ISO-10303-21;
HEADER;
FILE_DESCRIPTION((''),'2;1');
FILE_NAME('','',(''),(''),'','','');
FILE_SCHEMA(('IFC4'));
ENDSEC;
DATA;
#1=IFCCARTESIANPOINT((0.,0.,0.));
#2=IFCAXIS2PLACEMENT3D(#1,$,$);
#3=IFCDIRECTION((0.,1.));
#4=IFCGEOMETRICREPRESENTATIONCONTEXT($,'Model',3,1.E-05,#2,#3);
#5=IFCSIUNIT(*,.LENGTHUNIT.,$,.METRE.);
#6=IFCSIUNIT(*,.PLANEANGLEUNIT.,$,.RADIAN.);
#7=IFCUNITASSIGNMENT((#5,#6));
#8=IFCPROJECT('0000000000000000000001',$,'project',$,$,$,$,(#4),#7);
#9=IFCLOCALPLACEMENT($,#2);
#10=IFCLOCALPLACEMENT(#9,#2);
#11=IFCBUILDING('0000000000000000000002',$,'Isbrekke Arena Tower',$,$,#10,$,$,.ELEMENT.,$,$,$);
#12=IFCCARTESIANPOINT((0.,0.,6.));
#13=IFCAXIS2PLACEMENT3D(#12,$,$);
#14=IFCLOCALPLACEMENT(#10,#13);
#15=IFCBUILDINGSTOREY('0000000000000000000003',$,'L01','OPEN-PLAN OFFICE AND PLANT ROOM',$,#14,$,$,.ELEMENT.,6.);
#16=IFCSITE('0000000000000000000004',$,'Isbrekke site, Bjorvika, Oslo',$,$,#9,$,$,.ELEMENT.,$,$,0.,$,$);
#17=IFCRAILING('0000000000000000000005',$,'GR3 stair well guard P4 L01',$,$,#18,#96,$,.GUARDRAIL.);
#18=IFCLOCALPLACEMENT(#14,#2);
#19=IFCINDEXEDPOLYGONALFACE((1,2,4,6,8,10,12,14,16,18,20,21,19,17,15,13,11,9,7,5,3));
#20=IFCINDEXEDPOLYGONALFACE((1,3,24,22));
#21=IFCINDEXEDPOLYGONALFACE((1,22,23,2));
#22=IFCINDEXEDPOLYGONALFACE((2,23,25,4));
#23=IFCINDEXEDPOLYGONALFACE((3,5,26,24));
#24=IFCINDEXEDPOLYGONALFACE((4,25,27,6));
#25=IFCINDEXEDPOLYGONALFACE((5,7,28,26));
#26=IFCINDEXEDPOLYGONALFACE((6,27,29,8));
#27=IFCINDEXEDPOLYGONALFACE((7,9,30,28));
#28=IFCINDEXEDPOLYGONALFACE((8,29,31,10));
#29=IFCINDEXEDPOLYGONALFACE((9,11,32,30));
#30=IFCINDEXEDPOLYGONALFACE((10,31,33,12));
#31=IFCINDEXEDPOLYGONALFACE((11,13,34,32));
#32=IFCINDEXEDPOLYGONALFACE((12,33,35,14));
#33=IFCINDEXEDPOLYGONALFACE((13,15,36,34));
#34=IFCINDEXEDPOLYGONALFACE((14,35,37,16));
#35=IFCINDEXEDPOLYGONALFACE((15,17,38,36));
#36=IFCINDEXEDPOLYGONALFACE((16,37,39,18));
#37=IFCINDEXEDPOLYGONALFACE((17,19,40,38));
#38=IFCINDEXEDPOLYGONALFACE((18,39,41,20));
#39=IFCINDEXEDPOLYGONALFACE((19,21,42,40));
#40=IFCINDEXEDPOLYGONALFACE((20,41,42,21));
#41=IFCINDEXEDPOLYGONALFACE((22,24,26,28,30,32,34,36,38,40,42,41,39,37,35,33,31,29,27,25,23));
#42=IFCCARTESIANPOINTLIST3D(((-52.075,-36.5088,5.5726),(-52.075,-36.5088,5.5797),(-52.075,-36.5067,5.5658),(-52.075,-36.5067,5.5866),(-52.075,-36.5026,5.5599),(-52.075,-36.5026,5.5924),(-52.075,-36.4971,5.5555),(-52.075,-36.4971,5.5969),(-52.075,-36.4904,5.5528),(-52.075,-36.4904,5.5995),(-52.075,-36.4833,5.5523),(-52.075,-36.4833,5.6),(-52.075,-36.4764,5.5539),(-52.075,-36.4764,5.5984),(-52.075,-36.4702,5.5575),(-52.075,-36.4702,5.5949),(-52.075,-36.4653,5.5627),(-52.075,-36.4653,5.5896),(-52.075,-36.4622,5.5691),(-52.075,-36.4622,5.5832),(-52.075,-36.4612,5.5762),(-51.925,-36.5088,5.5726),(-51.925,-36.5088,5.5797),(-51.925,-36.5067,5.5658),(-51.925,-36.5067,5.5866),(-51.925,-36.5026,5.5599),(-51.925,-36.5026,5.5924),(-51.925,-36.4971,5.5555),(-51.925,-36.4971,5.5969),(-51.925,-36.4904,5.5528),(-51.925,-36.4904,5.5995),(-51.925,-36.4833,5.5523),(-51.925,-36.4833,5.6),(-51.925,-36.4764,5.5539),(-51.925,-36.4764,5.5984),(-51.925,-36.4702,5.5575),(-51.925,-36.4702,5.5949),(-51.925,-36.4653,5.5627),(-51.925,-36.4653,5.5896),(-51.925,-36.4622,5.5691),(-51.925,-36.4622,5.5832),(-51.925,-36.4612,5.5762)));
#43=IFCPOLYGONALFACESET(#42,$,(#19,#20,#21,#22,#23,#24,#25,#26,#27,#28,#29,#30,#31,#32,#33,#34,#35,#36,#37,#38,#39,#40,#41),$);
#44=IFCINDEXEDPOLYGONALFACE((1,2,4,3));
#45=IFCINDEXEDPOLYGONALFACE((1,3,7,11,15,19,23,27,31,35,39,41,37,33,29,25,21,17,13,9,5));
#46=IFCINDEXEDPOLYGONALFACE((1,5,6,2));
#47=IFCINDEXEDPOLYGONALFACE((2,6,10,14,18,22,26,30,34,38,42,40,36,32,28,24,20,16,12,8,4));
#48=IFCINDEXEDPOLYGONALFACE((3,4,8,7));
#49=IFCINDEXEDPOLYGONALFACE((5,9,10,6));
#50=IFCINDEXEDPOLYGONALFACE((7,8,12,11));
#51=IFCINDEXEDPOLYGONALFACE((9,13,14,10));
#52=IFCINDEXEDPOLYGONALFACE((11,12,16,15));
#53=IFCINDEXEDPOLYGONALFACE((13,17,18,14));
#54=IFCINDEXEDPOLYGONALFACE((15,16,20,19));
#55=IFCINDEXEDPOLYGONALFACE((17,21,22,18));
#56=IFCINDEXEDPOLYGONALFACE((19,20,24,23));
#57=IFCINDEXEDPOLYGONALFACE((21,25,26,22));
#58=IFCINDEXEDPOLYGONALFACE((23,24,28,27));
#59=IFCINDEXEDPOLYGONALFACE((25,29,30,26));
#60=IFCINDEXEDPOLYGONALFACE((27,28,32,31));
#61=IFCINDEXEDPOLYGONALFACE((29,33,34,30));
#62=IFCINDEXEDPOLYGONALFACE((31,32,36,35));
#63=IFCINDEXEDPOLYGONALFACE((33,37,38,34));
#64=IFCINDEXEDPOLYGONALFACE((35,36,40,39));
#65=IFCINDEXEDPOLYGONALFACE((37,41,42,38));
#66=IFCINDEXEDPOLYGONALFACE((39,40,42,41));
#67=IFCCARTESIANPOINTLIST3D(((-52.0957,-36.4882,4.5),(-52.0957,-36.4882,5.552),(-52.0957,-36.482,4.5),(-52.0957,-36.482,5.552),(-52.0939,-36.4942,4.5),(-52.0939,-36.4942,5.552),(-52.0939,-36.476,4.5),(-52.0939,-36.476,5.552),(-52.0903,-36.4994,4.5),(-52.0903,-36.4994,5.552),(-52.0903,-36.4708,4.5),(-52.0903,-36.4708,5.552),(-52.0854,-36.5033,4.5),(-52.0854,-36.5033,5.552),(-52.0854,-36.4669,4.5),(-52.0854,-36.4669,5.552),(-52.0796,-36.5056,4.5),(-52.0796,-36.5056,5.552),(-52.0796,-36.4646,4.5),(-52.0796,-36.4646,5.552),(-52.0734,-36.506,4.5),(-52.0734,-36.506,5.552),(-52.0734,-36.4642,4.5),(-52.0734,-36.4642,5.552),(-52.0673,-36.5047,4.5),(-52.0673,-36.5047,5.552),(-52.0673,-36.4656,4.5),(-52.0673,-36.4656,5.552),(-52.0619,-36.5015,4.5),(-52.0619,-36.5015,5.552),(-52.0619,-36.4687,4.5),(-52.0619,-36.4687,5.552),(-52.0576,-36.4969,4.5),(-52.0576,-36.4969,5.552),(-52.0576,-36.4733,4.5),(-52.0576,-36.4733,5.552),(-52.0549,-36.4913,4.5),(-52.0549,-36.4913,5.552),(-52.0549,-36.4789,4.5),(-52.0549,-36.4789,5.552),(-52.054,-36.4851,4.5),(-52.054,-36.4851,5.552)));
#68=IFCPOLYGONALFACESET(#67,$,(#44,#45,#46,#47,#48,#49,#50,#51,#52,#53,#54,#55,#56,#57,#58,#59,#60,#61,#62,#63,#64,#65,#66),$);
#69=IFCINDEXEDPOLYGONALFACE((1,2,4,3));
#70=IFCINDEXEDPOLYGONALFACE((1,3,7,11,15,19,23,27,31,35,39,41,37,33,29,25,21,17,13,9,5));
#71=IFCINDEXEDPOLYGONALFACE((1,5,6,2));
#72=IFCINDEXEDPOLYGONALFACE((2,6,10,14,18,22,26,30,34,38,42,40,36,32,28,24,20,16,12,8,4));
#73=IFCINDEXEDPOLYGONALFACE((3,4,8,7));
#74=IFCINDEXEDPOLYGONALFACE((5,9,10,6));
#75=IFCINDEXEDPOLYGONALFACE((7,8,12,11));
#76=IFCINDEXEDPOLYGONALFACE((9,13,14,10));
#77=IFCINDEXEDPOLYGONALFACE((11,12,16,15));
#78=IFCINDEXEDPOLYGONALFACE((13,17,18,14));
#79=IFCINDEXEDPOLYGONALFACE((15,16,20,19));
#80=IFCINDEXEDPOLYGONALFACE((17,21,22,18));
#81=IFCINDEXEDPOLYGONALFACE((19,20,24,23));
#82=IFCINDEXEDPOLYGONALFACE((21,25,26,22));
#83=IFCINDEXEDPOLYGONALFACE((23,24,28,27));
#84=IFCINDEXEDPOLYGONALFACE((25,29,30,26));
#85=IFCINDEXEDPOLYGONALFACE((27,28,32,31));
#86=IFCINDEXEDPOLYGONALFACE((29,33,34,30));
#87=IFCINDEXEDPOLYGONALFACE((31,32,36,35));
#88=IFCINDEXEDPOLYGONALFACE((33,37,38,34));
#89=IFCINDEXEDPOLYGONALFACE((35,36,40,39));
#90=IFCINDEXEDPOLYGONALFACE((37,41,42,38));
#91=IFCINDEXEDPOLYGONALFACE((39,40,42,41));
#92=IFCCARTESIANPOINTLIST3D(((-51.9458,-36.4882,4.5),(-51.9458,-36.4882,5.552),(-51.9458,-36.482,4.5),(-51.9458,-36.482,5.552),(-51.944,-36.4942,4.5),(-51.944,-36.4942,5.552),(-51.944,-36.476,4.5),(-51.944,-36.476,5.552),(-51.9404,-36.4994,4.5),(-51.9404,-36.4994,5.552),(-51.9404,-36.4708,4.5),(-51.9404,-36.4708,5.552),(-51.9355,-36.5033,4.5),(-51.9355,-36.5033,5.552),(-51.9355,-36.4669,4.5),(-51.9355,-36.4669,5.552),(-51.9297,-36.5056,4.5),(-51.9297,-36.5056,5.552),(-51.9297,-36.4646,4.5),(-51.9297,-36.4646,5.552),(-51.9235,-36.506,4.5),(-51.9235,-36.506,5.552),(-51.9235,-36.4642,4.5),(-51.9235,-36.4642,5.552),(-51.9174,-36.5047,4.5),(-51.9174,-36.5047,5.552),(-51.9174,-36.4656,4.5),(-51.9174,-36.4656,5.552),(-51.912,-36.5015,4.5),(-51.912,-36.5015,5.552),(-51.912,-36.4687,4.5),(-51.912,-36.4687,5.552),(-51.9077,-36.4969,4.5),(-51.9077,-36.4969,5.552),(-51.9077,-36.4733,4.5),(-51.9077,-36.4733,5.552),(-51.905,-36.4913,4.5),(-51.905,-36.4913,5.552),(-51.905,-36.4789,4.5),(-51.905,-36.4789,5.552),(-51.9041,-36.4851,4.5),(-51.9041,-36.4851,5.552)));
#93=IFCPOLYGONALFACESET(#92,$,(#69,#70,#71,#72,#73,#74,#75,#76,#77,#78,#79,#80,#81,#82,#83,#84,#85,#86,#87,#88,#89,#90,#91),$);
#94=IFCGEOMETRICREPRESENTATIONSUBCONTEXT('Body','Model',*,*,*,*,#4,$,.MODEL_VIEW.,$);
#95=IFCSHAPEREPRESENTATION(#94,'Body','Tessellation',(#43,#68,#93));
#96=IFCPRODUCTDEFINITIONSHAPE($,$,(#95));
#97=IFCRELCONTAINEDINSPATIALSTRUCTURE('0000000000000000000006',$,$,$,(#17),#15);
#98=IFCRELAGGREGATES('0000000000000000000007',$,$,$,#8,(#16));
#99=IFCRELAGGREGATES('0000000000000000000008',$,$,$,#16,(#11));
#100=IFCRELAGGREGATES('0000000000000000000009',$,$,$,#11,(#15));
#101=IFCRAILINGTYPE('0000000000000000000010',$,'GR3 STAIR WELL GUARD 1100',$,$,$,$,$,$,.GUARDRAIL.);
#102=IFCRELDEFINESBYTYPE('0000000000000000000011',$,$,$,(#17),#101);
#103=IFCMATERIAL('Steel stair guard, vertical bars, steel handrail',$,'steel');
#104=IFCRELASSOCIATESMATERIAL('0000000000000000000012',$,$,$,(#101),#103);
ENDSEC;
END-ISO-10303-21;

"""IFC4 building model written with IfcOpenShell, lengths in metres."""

from ifc_helpers import new_model, si_unit, direction, frame, origin, origin_2d, place, context, subcontext, project, spatial, circle, extrude, material, type_object, element, save


model = new_model("IFC4")

# Units and contexts
model_context = context("Model", 3, precision=1e-05, world=origin(), true_north=direction((0.0, 1.0)))
body_context = subcontext(model_context, "Body", "Model", "MODEL_VIEW")
ifc_project = project(units=[si_unit("LENGTHUNIT", "METRE"), si_unit("PLANEANGLEUNIT", "RADIAN")], contexts=[model_context])

# Site, building, storey
site_placement = place(None, origin())
site = spatial("IfcSite", under=ifc_project, at=site_placement, Name="Isbrekke site, Bjorvika, Oslo", CompositionType="ELEMENT", RefElevation=0.0)
building_placement = place(site_placement, origin())
building = spatial("IfcBuilding", under=site, at=building_placement, Name="Isbrekke Arena Tower", CompositionType="ELEMENT")
storey_placement = place(building_placement, frame((0.0, 0.0, 6.0)))
storey = spatial("IfcBuildingStorey", under=building, at=storey_placement, Name="L01", Description="OPEN-PLAN OFFICE AND PLANT ROOM", CompositionType="ELEMENT", Elevation=6.0)

# Railing
ifc_material_1 = material(Name="Steel stair guard, vertical bars, steel handrail", Category="steel")
railing_type = type_object("IfcRailingType", Name="GR3 STAIR WELL GUARD 1100", PredefinedType="GUARDRAIL", material=ifc_material_1)
for number, where, name in (
    (1, (-52.075, -36.4851, 4.5), "GR3 stair well guard P4 L01"),
):
    element("IfcRailing", number, at=place(storey_placement, frame(where)), inside=storey, type_object=railing_type, Name=name, PredefinedType="GUARDRAIL", context=body_context, shape_type="SweptSolid", body=[
        extrude(circle(Radius=0.0239, at=origin_2d()), frame((0.0, 0.0, 1.0762), z_axis=(1.0, 0.0, 0.0), x_axis=(0.0, 1.0, 0.0)), (0.0, 0.0, 1.0), 0.1499),
        extrude(circle(Radius=0.021, at=origin_2d()), origin(), (0.0, 0.0, 1.0), 1.052),
        extrude(circle(Radius=0.021, at=origin_2d()), frame((0.1499, 0.0, 0.0)), (0.0, 0.0, 1.0), 1.052),
    ])

save(model, "model.ifc")
